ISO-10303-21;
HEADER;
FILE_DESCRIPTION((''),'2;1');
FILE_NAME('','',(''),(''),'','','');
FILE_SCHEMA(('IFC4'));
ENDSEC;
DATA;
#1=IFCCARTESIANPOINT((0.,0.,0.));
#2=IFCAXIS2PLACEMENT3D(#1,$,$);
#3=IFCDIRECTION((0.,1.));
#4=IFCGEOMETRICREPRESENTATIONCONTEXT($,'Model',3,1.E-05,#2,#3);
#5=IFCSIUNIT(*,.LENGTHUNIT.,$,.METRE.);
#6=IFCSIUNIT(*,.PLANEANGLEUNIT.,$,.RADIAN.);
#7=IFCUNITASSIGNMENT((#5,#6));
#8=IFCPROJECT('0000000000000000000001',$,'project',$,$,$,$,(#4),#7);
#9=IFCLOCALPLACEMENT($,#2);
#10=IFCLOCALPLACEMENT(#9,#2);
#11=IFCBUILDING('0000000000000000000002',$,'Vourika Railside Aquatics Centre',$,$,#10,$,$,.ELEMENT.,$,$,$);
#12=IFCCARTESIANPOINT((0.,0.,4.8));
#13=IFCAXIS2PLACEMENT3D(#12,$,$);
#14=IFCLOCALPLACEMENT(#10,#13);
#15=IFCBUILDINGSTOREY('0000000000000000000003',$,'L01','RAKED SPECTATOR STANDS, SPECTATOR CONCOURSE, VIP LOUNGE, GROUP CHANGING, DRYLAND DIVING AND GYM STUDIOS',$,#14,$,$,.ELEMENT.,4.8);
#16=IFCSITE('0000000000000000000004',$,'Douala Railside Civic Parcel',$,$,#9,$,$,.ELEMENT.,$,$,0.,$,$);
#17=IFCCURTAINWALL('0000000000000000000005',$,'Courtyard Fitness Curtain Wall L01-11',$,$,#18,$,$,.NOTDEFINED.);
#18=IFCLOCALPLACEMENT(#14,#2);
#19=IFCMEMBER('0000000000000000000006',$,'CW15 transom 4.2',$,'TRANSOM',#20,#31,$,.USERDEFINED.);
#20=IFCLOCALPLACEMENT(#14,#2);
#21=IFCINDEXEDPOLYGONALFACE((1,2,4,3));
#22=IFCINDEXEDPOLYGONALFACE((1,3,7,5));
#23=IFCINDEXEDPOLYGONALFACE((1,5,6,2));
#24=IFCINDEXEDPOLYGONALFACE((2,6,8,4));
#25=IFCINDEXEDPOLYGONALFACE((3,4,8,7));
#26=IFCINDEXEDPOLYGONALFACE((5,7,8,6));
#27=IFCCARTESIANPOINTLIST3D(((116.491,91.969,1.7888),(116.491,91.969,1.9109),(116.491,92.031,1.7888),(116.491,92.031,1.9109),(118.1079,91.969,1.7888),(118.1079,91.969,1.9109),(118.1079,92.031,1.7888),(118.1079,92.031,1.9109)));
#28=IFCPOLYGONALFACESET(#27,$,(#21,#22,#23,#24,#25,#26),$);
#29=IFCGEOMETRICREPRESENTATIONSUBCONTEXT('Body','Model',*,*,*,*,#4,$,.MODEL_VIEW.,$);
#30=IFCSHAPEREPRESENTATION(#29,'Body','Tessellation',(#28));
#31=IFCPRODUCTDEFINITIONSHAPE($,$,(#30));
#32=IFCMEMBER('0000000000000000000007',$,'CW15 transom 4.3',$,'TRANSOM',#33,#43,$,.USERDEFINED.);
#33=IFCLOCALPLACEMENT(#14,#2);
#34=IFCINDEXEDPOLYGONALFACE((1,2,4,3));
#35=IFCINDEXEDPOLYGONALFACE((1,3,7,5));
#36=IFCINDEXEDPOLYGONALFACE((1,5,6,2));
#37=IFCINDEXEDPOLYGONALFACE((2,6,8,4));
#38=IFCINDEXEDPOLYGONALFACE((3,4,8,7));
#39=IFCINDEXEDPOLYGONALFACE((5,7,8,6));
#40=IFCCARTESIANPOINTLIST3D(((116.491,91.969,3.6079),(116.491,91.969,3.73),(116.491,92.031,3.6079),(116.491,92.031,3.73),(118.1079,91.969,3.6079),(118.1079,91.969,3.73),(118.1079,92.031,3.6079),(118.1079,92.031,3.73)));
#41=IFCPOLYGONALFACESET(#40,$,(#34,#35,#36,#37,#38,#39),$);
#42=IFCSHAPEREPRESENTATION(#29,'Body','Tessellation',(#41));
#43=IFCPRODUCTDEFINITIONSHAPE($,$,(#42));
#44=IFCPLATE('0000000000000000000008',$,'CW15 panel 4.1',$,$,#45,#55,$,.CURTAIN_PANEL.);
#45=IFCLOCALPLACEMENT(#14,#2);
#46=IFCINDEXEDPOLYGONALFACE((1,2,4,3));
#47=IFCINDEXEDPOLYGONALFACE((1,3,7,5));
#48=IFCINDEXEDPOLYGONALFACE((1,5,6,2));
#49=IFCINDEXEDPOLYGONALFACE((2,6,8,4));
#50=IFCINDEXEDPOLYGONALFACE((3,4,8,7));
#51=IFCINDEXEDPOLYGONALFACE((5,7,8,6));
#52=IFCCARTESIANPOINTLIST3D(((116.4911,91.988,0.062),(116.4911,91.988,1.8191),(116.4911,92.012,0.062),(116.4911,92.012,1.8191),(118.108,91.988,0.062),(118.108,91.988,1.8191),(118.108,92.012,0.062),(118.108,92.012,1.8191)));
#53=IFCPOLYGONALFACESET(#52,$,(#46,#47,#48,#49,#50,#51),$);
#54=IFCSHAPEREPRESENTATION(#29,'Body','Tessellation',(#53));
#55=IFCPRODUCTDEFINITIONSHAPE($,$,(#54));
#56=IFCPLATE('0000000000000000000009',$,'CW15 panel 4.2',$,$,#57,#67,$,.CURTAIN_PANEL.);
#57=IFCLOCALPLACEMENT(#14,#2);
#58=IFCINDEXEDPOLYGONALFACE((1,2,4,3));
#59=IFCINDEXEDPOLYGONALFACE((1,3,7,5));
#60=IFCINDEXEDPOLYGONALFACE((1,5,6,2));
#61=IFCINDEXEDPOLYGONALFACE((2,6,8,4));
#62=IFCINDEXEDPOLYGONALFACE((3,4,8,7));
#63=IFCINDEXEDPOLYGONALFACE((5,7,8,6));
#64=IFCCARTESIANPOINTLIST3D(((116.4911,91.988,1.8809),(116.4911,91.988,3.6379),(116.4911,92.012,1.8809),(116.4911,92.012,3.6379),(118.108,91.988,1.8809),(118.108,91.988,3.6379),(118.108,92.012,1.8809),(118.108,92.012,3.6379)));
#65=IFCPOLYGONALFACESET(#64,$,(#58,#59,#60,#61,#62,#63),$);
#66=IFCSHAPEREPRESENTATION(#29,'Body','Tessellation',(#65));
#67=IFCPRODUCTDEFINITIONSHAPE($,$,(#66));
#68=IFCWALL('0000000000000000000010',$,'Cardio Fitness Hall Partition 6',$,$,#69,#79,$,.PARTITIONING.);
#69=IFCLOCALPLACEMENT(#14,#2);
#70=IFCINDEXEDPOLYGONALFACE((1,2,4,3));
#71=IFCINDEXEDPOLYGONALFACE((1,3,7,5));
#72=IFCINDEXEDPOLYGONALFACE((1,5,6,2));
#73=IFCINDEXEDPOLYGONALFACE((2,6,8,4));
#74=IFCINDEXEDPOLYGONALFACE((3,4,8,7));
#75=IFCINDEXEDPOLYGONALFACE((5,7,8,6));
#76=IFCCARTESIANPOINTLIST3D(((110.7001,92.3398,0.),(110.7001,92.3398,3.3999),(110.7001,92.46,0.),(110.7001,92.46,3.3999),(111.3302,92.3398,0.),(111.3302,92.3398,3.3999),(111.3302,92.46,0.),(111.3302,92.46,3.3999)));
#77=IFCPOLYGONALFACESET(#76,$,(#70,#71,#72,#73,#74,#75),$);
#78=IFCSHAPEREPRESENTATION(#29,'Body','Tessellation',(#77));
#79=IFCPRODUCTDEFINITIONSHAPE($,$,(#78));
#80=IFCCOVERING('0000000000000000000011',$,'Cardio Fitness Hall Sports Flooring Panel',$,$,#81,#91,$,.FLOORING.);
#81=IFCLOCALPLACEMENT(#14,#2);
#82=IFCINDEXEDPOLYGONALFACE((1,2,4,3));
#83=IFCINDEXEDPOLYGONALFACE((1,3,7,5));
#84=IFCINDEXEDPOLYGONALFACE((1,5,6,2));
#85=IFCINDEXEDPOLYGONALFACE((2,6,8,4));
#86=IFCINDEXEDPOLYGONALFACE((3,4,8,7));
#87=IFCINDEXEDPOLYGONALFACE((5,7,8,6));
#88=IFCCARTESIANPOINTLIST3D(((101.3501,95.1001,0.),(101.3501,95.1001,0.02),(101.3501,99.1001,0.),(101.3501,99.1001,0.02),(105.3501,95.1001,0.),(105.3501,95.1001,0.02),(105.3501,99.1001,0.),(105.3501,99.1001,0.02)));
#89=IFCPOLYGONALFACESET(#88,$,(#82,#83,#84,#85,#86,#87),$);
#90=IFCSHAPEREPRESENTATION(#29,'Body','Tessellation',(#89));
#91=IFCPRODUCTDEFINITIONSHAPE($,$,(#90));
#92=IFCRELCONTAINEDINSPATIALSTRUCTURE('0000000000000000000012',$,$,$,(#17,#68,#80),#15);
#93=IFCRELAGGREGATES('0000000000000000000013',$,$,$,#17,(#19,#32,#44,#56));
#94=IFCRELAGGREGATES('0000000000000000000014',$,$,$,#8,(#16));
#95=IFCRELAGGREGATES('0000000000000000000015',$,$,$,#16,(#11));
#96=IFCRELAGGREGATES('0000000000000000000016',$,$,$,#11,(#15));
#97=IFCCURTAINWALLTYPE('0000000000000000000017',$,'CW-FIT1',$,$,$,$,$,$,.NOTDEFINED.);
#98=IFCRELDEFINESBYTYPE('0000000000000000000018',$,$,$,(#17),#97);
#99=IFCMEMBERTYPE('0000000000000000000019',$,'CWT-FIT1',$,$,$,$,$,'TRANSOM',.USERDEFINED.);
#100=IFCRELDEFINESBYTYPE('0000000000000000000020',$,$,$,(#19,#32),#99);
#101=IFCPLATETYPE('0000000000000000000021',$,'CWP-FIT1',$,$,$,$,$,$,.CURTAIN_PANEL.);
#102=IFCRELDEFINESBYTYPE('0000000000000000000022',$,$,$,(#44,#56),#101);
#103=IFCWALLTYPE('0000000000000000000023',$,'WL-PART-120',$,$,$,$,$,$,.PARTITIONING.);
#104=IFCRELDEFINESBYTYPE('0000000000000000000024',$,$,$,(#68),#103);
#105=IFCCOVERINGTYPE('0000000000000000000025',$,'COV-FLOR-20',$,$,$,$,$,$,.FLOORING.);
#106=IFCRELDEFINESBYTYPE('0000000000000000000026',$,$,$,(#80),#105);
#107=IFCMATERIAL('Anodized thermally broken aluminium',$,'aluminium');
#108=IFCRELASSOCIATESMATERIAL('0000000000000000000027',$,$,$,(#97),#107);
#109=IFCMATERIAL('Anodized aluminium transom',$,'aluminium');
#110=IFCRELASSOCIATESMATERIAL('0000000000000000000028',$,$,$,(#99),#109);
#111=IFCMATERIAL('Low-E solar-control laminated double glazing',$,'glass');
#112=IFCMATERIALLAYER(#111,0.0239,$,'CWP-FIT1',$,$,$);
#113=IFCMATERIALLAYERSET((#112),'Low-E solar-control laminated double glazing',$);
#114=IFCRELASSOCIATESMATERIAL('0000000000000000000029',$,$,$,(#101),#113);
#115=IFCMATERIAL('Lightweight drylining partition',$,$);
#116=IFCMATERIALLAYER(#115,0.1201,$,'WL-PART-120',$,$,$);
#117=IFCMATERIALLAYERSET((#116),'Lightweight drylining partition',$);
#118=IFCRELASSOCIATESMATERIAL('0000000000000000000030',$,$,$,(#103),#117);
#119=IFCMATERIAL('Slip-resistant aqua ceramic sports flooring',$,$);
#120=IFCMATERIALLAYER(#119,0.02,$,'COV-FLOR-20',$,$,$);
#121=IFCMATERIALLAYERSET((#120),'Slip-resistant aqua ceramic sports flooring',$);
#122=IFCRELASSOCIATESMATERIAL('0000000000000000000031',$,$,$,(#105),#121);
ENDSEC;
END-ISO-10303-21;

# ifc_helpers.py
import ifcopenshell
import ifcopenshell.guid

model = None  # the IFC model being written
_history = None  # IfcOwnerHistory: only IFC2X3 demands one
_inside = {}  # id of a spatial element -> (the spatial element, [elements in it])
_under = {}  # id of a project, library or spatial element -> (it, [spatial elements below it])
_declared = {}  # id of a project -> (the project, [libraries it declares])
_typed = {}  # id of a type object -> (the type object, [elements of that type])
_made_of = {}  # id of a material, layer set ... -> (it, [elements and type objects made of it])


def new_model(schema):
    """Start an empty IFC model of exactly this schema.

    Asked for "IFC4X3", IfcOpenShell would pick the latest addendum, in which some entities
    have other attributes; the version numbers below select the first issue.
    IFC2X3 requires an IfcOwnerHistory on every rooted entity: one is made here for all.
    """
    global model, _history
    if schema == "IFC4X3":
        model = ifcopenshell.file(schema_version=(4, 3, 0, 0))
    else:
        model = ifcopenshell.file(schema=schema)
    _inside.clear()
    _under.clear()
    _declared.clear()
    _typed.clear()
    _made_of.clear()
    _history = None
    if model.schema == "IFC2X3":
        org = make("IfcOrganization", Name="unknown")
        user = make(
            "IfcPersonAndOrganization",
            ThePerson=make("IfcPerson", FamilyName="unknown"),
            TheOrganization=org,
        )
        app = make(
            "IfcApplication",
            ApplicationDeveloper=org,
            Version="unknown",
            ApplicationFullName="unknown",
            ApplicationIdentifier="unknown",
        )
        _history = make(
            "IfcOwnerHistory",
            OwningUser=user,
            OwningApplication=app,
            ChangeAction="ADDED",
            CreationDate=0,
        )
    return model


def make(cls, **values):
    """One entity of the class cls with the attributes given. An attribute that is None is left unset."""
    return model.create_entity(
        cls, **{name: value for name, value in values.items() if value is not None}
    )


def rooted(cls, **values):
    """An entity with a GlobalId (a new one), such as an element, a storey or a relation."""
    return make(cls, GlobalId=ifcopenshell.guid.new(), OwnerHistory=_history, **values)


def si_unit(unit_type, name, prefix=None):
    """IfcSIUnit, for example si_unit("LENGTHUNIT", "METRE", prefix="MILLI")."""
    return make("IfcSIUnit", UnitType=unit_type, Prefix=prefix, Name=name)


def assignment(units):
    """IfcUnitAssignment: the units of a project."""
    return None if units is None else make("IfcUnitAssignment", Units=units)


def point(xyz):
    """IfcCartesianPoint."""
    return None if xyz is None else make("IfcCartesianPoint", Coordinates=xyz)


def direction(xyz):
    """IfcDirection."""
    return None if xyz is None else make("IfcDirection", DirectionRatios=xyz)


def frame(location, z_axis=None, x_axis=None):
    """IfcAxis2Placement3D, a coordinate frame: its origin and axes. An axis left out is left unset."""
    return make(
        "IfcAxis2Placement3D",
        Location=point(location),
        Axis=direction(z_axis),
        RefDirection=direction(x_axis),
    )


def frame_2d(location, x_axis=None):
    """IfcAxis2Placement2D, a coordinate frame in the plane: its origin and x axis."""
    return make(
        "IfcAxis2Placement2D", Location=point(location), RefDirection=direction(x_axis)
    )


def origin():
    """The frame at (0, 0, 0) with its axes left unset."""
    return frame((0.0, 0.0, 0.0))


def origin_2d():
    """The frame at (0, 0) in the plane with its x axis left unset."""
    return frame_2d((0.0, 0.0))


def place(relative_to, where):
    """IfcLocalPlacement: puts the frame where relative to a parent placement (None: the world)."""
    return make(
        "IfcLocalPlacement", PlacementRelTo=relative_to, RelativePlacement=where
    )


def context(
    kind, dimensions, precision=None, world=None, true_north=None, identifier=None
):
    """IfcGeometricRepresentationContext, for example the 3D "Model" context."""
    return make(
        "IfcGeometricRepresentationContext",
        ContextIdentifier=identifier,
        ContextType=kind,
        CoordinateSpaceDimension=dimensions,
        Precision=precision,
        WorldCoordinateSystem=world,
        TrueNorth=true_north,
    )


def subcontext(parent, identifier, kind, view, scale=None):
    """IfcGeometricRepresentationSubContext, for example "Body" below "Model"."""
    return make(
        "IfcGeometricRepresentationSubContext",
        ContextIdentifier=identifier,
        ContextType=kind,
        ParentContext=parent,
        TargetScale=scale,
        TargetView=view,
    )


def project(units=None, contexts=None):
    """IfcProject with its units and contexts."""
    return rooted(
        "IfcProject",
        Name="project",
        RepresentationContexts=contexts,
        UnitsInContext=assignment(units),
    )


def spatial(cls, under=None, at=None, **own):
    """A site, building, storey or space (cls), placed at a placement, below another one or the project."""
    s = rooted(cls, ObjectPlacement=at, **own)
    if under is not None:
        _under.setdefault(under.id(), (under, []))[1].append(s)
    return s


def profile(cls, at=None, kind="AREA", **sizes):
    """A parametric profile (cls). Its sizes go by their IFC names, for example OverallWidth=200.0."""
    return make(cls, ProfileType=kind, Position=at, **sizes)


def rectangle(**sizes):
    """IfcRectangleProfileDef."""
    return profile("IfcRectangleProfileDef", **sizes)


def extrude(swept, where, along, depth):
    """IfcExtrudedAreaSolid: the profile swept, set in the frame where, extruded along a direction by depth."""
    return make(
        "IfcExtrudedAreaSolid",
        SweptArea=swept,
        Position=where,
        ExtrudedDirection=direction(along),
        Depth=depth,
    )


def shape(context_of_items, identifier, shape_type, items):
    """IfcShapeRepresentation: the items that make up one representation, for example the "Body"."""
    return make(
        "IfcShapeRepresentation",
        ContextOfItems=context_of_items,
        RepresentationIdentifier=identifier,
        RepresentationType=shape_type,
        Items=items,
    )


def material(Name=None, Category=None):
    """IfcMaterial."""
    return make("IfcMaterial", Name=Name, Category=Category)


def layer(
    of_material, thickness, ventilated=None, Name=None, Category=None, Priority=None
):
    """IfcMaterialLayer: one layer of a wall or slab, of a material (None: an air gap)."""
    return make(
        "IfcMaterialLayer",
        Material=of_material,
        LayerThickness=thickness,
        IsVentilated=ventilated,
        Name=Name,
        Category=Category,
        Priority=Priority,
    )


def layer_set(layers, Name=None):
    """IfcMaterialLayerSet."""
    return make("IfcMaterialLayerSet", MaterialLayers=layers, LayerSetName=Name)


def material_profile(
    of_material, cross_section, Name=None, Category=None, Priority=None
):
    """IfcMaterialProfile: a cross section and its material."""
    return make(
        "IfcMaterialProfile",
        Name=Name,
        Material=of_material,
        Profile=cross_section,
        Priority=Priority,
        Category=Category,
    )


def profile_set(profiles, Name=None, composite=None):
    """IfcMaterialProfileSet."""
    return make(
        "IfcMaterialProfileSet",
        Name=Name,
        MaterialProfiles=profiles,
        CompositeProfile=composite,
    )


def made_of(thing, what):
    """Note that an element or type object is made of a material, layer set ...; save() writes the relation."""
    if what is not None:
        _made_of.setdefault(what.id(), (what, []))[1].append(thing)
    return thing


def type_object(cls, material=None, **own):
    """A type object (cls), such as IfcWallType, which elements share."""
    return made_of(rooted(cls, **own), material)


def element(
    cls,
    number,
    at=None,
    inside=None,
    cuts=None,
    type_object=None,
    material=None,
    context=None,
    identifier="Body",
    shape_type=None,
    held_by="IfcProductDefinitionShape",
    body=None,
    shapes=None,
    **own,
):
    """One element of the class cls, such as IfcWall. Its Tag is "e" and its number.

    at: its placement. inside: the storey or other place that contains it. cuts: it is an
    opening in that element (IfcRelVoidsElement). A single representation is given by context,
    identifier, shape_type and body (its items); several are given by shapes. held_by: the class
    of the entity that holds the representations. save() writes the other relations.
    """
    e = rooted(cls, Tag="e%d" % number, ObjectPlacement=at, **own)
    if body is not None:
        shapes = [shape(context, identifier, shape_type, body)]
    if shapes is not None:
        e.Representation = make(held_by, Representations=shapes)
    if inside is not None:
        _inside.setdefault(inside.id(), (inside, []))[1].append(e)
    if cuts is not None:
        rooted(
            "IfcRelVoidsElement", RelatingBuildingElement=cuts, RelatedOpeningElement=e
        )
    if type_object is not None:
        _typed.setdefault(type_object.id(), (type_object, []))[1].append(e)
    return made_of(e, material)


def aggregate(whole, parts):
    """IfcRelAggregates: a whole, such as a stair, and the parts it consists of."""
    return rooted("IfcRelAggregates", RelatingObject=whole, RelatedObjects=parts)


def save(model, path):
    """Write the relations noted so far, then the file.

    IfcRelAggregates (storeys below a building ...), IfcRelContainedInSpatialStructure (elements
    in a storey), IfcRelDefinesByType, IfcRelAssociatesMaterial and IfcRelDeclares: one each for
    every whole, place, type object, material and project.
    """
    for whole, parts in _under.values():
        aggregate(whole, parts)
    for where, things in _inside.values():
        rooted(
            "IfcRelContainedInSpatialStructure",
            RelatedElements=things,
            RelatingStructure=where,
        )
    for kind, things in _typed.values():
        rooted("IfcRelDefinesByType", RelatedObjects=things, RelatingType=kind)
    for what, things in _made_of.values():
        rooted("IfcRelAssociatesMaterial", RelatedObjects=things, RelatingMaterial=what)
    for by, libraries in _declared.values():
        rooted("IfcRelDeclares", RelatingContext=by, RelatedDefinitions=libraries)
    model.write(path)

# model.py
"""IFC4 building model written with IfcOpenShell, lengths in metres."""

from ifc_helpers import new_model, si_unit, direction, frame, frame_2d, origin, origin_2d, place, context, subcontext, project, spatial, rectangle, extrude, material, layer, layer_set, material_profile, profile_set, type_object, element, aggregate, save


model = new_model("IFC4")

# Units and contexts
model_context = context("Model", 3, precision=1e-05, world=origin(), true_north=direction((0.0, 1.0)))
body_context = subcontext(model_context, "Body", "Model", "MODEL_VIEW")
ifc_project = project(units=[si_unit("LENGTHUNIT", "METRE"), si_unit("PLANEANGLEUNIT", "RADIAN")], contexts=[model_context])

# Site, building, storey
site_placement = place(None, origin())
site = spatial("IfcSite", under=ifc_project, at=site_placement, Name="Douala Railside Civic Parcel", CompositionType="ELEMENT", RefElevation=0.0)
building_placement = place(site_placement, origin())
building = spatial("IfcBuilding", under=site, at=building_placement, Name="Vourika Railside Aquatics Centre", CompositionType="ELEMENT")
storey_placement = place(building_placement, frame((0.0, 0.0, 4.8)))
storey = spatial("IfcBuildingStorey", under=building, at=storey_placement, Name="L01", Description="RAKED SPECTATOR STANDS, SPECTATOR CONCOURSE, VIP LOUNGE, GROUP CHANGING, DRYLAND DIVING AND GYM STUDIOS", CompositionType="ELEMENT", Elevation=4.8)

# Curtain wall, members, plates
ifc_material_1 = material(Name="Anodized thermally broken aluminium", Category="aluminium")
curtain_wall_type = type_object("IfcCurtainWallType", Name="CW-FIT1", PredefinedType="NOTDEFINED", material=ifc_material_1)
curtain_wall_placement = place(storey_placement, origin())
curtain_wall = element("IfcCurtainWall", 1, at=curtain_wall_placement, inside=storey, type_object=curtain_wall_type, Name="Courtyard Fitness Curtain Wall L01-11", PredefinedType="NOTDEFINED")
ifc_material_2 = material(Name="Anodized aluminium transom", Category="aluminium")
ifc_material_profile_1 = material_profile(ifc_material_2, rectangle(XDim=0.062, YDim=0.1221, at=origin_2d()), Name="ALU-T 62x122")
ifc_profile_set_1 = profile_set([ifc_material_profile_1], Name="Anodized aluminium transom")
member_type_1 = type_object("IfcMemberType", Name="CWT-FIT1", ElementType="TRANSOM", PredefinedType="USERDEFINED", material=ifc_profile_set_1)
member_1_placement = place(storey_placement, frame((116.491, 92.0, 1.8499), z_axis=(1.0, 0.0, 0.0), x_axis=(0.0, 1.0, 0.0)))
member_1 = element("IfcMember", 2, at=member_1_placement, type_object=member_type_1, Name="CW15 transom 4.2", ObjectType="TRANSOM", PredefinedType="USERDEFINED", context=body_context, shape_type="SweptSolid", body=[
    extrude(rectangle(XDim=0.062, YDim=0.1221, at=origin_2d()), origin(), (0.0, 0.0, 1.0), 1.6169),
])
member_2_placement = place(storey_placement, frame((116.491, 92.0, 3.6689), z_axis=(1.0, 0.0, 0.0), x_axis=(0.0, 1.0, 0.0)))
member_2 = element("IfcMember", 3, at=member_2_placement, type_object=member_type_1, Name="CW15 transom 4.3", ObjectType="TRANSOM", PredefinedType="USERDEFINED", context=body_context, shape_type="SweptSolid", body=[
    extrude(rectangle(XDim=0.062, YDim=0.1221, at=origin_2d()), origin(), (0.0, 0.0, 1.0), 1.6169),
])
ifc_material_3 = material(Name="Low-E solar-control laminated double glazing", Category="glass")
ifc_layer_1 = layer(ifc_material_3, 0.0239, Name="CWP-FIT1")
ifc_layer_set_1 = layer_set([ifc_layer_1], Name="Low-E solar-control laminated double glazing")
plate_type = type_object("IfcPlateType", Name="CWP-FIT1", PredefinedType="CURTAIN_PANEL", material=ifc_layer_set_1)
plate_1_placement = place(storey_placement, frame((117.2996, 92.0, 0.062), z_axis=(0.0, 0.0, 1.0), x_axis=(1.0, 0.0, 0.0)))
plate_1 = element("IfcPlate", 4, at=plate_1_placement, type_object=plate_type, Name="CW15 panel 4.1", PredefinedType="CURTAIN_PANEL", context=body_context, shape_type="SweptSolid", body=[
    extrude(rectangle(XDim=1.6169, YDim=0.0239, at=origin_2d()), origin(), (0.0, 0.0, 1.0), 1.7571),
])
plate_2_placement = place(storey_placement, frame((117.2996, 92.0, 1.8809), z_axis=(0.0, 0.0, 1.0), x_axis=(1.0, 0.0, 0.0)))
plate_2 = element("IfcPlate", 5, at=plate_2_placement, type_object=plate_type, Name="CW15 panel 4.2", PredefinedType="CURTAIN_PANEL", context=body_context, shape_type="SweptSolid", body=[
    extrude(rectangle(XDim=1.6169, YDim=0.0239, at=origin_2d()), origin(), (0.0, 0.0, 1.0), 1.7571),
])
aggregate(curtain_wall, [member_1, member_2, plate_1, plate_2])

# Wall
ifc_material_4 = material(Name="Lightweight drylining partition")
ifc_layer_2 = layer(ifc_material_4, 0.1201, Name="WL-PART-120")
ifc_layer_set_2 = layer_set([ifc_layer_2], Name="Lightweight drylining partition")
wall_type = type_object("IfcWallType", Name="WL-PART-120", PredefinedType="PARTITIONING", material=ifc_layer_set_2)
for number, where, z_axis, x_axis, name in (
    (6, (111.3301, 92.3999, 0.0), (0.0, 0.0, 1.0), (-1.0, 0.0, 0.0), "Cardio Fitness Hall Partition 6"),
):
    element("IfcWall", number, at=place(storey_placement, frame(where, z_axis=z_axis, x_axis=x_axis)), inside=storey, type_object=wall_type, Name=name, PredefinedType="PARTITIONING", context=body_context, shape_type="SweptSolid", body=[
        extrude(rectangle(XDim=0.6301, YDim=0.1201, at=frame_2d((0.3149, 0.0))), origin(), (0.0, 0.0, 1.0), 3.3999),
    ])

# Covering
ifc_material_5 = material(Name="Slip-resistant aqua ceramic sports flooring")
ifc_layer_3 = layer(ifc_material_5, 0.02, Name="COV-FLOR-20")
ifc_layer_set_3 = layer_set([ifc_layer_3], Name="Slip-resistant aqua ceramic sports flooring")
covering_type = type_object("IfcCoveringType", Name="COV-FLOR-20", PredefinedType="FLOORING", material=ifc_layer_set_3)
covering_placement = place(storey_placement, frame((103.3501, 97.1001, 0.0), z_axis=(0.0, 0.0, 1.0), x_axis=(1.0, 0.0, 0.0)))
element("IfcCovering", 7, at=covering_placement, inside=storey, type_object=covering_type, Name="Cardio Fitness Hall Sports Flooring Panel", PredefinedType="FLOORING", context=body_context, shape_type="SweptSolid", body=[
    extrude(rectangle(XDim=4.0, YDim=4.0, at=origin_2d()), origin(), (0.0, 0.0, 1.0), 0.02),
])

save(model, "model.ifc")
